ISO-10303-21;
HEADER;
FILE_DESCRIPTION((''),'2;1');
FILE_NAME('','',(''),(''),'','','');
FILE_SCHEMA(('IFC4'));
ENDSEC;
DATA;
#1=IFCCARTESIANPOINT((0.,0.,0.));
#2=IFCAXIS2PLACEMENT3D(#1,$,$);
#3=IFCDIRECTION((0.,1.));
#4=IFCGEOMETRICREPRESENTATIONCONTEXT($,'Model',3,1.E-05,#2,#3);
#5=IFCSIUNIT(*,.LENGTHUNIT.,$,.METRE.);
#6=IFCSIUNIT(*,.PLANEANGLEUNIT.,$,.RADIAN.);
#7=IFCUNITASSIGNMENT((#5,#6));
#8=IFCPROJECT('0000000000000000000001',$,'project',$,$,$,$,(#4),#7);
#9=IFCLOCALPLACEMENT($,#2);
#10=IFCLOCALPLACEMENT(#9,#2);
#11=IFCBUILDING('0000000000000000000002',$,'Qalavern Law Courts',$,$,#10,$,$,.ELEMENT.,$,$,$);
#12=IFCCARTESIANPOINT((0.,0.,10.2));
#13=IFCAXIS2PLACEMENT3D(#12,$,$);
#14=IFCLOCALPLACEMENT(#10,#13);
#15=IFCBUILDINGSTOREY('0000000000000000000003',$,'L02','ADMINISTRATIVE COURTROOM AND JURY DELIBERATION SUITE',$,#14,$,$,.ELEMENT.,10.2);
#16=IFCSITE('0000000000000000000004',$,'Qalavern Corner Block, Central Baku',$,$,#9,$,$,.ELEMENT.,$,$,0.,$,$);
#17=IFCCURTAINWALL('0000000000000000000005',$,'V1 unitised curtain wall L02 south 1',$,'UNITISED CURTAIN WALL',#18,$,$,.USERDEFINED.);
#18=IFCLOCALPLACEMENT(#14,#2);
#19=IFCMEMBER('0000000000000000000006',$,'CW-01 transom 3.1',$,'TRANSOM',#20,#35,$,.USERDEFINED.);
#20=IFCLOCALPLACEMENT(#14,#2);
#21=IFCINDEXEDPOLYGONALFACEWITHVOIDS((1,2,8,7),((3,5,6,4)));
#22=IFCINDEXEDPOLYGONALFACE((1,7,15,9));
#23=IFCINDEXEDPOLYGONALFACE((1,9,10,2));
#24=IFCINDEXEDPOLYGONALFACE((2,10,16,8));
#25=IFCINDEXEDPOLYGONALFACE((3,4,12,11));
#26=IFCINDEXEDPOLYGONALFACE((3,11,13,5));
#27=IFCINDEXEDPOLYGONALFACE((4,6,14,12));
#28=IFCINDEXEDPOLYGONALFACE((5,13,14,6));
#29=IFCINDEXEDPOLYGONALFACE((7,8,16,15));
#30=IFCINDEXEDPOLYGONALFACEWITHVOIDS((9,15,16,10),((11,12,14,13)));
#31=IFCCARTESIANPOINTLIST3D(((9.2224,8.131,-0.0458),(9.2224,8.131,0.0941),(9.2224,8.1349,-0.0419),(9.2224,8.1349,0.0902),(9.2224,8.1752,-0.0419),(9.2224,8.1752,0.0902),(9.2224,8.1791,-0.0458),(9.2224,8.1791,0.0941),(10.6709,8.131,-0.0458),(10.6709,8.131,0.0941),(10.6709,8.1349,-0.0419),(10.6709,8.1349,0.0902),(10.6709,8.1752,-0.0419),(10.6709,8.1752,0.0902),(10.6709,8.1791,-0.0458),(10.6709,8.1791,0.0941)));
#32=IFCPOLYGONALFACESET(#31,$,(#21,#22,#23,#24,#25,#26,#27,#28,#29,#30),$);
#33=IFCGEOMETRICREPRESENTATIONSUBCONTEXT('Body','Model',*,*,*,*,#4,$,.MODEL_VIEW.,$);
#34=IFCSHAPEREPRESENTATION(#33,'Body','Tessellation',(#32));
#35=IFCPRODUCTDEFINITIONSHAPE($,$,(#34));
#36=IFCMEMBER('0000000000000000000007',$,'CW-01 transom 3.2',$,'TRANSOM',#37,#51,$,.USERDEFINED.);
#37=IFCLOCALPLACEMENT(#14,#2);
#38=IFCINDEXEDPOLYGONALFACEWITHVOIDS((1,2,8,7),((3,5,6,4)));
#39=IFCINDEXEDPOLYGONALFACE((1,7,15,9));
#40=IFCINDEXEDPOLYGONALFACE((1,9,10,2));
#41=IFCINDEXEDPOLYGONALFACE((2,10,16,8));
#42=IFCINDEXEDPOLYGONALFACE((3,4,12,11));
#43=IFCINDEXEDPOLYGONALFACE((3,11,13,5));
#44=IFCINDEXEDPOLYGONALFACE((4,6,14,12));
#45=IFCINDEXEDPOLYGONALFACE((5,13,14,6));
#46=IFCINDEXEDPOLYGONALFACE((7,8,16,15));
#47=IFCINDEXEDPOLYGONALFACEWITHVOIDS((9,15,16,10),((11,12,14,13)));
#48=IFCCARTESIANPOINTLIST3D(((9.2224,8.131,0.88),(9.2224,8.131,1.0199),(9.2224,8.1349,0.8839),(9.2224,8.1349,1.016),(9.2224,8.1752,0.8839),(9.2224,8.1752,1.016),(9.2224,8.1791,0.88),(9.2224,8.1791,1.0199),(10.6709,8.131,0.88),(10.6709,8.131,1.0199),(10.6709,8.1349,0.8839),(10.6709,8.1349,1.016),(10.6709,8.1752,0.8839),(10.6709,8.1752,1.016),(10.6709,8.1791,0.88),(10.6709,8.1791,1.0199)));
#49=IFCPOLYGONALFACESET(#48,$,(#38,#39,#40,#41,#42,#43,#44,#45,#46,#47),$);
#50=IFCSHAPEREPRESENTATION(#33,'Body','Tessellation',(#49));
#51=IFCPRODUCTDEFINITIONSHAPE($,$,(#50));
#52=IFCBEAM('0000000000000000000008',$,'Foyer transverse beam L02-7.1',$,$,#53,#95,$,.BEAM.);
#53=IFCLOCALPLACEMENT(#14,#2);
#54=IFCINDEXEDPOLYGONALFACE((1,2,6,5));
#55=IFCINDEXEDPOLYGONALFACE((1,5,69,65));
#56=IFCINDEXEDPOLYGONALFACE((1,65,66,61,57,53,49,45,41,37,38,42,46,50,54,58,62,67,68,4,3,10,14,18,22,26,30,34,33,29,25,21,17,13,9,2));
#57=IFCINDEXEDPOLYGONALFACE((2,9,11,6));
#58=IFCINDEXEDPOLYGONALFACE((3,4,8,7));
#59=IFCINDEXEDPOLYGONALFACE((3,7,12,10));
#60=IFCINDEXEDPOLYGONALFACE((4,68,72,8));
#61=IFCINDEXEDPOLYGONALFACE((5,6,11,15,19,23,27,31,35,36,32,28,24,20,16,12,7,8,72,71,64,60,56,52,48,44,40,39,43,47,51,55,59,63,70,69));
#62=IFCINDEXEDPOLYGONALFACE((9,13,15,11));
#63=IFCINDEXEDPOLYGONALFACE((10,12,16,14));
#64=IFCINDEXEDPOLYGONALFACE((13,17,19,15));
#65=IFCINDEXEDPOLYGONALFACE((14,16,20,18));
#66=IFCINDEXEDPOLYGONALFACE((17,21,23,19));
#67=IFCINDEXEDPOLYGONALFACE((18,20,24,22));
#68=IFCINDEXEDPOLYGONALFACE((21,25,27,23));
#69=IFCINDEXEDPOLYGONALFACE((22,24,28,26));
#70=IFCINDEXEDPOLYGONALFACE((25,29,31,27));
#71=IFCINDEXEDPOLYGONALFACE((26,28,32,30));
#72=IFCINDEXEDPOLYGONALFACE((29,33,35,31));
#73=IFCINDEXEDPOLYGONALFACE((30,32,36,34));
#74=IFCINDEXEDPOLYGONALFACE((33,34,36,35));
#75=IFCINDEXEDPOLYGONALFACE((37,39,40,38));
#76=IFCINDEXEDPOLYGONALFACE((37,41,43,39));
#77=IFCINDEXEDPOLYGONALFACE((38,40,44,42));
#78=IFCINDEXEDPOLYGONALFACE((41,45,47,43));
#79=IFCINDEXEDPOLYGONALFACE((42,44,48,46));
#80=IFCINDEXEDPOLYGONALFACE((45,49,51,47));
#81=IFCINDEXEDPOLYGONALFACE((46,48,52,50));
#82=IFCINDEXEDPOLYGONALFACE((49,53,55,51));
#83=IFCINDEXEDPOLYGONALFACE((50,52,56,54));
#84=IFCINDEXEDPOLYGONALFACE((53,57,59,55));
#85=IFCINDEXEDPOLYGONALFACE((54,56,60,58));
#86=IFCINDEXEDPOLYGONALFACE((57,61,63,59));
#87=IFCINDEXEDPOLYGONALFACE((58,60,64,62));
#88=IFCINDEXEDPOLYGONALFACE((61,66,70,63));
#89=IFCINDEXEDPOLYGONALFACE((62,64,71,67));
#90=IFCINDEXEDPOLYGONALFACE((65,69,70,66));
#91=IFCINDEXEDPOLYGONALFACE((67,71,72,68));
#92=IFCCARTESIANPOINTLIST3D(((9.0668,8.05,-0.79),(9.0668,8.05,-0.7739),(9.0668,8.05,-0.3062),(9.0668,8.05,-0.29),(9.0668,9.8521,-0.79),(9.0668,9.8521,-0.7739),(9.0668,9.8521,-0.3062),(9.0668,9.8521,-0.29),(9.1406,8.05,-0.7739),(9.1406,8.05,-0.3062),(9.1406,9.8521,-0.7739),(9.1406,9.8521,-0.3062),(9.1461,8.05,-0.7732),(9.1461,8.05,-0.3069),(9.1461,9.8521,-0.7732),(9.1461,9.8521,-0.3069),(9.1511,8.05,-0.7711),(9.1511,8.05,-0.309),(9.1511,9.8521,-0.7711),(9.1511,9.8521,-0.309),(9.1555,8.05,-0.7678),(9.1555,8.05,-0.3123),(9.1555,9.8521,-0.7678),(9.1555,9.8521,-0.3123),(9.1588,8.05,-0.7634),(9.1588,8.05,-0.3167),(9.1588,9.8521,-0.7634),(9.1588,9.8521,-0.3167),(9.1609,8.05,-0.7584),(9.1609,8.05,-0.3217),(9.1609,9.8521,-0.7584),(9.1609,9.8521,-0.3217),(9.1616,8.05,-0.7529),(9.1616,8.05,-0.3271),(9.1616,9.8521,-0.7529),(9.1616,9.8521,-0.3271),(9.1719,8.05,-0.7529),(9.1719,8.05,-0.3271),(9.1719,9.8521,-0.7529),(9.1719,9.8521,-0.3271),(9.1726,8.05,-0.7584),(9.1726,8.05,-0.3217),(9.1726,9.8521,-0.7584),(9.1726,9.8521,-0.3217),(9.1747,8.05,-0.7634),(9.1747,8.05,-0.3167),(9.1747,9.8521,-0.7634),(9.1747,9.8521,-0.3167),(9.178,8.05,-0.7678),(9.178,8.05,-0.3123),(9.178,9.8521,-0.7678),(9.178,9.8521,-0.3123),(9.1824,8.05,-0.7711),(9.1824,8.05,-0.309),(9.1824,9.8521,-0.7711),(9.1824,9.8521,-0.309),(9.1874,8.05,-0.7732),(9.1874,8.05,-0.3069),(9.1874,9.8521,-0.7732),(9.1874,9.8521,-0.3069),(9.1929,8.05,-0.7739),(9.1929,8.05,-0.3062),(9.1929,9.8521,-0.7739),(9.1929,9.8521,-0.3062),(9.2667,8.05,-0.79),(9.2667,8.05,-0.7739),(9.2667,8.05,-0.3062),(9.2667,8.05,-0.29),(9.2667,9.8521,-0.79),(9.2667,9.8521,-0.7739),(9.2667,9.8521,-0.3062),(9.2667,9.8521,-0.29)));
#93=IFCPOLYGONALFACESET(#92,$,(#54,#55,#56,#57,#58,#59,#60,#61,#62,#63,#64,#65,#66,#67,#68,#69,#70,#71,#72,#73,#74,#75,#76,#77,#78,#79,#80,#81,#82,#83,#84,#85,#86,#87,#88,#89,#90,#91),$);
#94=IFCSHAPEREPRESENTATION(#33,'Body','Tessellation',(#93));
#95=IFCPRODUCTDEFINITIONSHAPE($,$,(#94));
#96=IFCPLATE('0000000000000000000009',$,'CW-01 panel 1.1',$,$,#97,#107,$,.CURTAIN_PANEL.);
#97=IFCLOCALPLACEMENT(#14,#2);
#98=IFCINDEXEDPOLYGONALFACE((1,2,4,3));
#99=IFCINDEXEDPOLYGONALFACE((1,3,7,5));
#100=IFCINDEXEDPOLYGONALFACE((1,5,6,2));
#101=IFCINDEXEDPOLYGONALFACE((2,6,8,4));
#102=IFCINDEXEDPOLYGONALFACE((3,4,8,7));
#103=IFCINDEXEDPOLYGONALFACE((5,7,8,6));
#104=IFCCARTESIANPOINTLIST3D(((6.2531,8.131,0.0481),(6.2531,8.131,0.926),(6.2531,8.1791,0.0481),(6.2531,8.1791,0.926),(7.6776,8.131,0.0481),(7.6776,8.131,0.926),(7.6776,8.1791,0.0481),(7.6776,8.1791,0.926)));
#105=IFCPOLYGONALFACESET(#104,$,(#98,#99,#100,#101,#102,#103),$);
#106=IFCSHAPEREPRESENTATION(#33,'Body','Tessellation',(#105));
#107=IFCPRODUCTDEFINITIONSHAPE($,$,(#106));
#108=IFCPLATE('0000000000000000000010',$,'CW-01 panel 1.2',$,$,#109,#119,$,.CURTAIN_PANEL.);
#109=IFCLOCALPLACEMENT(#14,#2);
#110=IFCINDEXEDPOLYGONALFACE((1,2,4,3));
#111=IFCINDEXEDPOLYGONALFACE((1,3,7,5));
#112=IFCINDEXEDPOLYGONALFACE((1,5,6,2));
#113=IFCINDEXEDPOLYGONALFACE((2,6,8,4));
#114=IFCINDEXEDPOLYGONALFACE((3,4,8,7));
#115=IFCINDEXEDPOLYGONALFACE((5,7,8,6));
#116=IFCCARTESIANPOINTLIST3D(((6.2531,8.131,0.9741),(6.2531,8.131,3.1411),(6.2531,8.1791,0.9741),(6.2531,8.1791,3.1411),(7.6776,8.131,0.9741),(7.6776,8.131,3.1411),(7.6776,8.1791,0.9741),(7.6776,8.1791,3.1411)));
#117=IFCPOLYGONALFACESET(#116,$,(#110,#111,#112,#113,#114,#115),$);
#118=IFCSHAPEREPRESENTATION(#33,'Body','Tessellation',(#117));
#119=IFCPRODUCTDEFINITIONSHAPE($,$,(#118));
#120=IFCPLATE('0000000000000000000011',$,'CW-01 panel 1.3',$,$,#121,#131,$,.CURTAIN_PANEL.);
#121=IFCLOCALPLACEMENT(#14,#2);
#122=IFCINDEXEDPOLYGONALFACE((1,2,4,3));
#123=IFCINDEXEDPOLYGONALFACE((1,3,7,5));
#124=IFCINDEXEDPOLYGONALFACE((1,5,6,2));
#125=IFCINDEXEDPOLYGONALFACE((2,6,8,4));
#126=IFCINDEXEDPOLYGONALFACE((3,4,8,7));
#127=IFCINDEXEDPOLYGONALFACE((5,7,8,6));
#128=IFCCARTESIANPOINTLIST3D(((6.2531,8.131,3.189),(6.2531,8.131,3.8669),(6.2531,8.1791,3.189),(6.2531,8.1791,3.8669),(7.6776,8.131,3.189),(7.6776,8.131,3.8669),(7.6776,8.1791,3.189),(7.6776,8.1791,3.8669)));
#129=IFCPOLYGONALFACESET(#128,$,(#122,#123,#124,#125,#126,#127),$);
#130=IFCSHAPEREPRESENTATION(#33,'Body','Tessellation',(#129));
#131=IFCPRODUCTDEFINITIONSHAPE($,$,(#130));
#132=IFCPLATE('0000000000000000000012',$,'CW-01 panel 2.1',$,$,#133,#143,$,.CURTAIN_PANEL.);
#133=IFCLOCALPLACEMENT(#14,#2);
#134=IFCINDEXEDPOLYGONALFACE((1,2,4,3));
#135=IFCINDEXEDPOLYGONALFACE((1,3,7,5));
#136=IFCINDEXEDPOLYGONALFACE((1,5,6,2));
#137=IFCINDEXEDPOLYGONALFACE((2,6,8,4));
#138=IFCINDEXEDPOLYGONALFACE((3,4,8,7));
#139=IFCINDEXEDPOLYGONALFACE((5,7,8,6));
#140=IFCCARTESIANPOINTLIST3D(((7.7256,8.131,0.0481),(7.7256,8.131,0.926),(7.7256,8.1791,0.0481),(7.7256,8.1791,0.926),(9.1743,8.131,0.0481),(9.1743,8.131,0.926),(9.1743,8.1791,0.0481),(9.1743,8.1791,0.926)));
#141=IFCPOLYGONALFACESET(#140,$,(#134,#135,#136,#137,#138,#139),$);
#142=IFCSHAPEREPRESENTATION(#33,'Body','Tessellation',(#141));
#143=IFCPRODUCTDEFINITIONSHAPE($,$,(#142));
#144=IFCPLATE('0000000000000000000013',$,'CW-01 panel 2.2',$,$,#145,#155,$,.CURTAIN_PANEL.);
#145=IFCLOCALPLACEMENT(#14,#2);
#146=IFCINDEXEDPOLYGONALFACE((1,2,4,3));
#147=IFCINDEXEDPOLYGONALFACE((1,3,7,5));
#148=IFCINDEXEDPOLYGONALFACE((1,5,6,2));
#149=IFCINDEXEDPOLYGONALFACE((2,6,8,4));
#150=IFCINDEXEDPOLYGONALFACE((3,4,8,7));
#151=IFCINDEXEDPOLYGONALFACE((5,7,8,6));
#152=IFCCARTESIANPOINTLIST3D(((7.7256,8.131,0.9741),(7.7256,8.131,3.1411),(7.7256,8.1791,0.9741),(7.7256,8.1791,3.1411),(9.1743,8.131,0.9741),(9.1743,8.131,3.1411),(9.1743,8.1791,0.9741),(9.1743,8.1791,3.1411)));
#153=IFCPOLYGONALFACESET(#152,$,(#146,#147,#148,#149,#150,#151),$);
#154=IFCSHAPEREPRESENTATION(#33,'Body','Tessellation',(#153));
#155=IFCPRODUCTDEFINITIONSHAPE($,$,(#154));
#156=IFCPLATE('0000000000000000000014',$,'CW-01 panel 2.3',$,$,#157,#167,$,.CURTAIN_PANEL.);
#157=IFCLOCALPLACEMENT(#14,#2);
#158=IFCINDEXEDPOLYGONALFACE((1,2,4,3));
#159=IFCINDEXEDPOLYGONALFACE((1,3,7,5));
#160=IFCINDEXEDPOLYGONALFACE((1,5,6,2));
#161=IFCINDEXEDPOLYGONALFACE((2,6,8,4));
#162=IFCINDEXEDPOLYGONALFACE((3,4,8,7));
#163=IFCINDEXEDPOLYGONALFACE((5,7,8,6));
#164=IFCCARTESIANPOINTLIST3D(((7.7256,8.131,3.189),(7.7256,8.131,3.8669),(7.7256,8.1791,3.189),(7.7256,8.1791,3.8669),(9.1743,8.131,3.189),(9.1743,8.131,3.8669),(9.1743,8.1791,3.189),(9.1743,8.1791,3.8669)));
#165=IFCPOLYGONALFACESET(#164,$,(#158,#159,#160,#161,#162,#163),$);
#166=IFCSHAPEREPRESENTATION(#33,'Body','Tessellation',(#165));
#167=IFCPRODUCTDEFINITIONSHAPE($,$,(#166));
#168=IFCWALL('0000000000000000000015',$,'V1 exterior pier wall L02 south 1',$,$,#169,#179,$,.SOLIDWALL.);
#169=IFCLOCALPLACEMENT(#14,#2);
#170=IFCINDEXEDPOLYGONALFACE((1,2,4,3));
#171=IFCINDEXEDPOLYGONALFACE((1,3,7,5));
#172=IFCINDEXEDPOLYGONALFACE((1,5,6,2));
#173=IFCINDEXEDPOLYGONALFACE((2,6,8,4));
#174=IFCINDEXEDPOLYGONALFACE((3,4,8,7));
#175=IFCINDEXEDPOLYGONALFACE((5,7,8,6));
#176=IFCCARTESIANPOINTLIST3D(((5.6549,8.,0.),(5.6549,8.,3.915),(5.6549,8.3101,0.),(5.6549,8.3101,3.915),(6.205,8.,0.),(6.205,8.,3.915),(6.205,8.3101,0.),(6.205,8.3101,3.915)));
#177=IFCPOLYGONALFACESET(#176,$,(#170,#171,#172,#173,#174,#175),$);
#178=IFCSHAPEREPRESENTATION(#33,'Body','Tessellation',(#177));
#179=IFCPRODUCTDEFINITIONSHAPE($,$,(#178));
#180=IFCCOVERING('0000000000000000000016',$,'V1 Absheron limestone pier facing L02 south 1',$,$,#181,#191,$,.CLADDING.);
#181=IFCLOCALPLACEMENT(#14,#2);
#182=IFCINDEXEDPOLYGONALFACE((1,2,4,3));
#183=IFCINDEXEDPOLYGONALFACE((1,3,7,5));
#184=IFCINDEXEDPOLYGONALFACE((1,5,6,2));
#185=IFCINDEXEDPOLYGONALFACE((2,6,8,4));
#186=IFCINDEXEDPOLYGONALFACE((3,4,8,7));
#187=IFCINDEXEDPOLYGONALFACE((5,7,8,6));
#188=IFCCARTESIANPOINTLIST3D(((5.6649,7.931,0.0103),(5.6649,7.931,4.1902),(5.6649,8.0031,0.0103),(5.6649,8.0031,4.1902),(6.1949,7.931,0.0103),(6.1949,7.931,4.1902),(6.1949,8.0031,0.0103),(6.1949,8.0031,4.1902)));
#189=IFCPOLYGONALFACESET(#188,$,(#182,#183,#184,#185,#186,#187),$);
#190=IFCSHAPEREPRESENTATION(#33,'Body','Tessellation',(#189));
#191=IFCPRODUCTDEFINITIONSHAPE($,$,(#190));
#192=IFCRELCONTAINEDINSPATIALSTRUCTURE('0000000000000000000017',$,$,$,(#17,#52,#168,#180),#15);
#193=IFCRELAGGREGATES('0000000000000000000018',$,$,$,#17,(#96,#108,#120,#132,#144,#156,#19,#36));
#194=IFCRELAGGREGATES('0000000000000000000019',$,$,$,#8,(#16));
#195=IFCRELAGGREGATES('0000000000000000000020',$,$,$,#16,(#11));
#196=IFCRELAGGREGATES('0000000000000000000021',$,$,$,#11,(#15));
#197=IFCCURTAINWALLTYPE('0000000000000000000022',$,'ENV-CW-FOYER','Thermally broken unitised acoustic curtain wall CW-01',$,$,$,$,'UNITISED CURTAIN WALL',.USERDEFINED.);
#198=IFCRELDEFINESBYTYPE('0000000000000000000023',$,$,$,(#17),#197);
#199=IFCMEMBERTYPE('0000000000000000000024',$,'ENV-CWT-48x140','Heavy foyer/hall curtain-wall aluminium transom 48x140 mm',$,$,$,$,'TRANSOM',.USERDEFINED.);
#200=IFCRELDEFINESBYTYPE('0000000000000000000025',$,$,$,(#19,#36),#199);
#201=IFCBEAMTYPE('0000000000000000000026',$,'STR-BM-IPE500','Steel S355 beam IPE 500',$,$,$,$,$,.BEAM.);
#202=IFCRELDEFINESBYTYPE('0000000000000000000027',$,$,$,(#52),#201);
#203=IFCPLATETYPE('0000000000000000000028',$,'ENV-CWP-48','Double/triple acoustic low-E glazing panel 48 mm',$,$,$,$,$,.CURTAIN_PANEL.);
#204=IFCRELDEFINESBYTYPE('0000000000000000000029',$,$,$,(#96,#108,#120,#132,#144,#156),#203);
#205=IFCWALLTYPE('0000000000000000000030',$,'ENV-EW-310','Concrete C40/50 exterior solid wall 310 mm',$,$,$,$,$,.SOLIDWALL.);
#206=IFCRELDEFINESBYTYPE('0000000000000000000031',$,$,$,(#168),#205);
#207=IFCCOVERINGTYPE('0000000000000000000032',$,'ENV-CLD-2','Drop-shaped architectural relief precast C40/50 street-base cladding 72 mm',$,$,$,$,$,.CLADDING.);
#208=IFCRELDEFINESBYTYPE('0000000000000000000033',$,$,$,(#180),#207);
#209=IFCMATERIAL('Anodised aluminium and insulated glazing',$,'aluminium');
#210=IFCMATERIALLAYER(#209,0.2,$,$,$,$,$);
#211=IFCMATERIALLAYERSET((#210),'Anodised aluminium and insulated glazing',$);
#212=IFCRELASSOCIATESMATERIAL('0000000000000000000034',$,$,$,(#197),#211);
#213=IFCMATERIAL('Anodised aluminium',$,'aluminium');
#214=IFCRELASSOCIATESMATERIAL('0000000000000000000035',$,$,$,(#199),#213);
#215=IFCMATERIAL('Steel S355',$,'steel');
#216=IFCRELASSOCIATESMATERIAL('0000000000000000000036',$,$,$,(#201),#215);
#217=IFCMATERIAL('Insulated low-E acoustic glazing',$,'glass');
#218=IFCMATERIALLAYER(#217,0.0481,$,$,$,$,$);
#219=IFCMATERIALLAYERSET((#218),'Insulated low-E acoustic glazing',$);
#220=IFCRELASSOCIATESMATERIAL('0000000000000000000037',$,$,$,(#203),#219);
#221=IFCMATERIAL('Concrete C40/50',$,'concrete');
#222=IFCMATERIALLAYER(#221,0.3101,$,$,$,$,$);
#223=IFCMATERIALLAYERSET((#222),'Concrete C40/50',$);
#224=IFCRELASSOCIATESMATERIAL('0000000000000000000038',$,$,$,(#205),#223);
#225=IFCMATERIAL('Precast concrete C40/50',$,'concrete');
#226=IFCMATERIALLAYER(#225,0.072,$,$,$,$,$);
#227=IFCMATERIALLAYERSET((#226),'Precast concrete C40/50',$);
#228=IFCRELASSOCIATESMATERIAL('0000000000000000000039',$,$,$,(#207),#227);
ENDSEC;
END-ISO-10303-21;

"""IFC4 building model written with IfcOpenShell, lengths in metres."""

from ifc_helpers import new_model, si_unit, direction, frame, frame_2d, origin, origin_2d, place, context, subcontext, project, spatial, rectangle, hollow_rectangle, i_section, extrude, material, layer, layer_set, material_profile, profile_set, type_object, element, aggregate, save


model = new_model("IFC4")

# Units and contexts
model_context = context("Model", 3, precision=1e-05, world=origin(), true_north=direction((0.0, 1.0)))
body_context = subcontext(model_context, "Body", "Model", "MODEL_VIEW")
ifc_project = project(units=[si_unit("LENGTHUNIT", "METRE"), si_unit("PLANEANGLEUNIT", "RADIAN")], contexts=[model_context])

# Site, building, storey
site_placement = place(None, origin())
site = spatial("IfcSite", under=ifc_project, at=site_placement, Name="Qalavern Corner Block, Central Baku", CompositionType="ELEMENT", RefElevation=0.0)
building_placement = place(site_placement, origin())
building = spatial("IfcBuilding", under=site, at=building_placement, Name="Qalavern Law Courts", CompositionType="ELEMENT")
storey_placement = place(building_placement, frame((0.0, 0.0, 10.2)))
storey = spatial("IfcBuildingStorey", under=building, at=storey_placement, Name="L02", Description="ADMINISTRATIVE COURTROOM AND JURY DELIBERATION SUITE", CompositionType="ELEMENT", Elevation=10.2)

# Curtain wall, members
ifc_material_1 = material(Name="Anodised aluminium and insulated glazing", Category="aluminium")
ifc_layer_1 = layer(ifc_material_1, 0.2)
ifc_layer_set_1 = layer_set([ifc_layer_1], Name="Anodised aluminium and insulated glazing")
curtain_wall_type = type_object("IfcCurtainWallType", Name="ENV-CW-FOYER", Description="Thermally broken unitised acoustic curtain wall CW-01", ElementType="UNITISED CURTAIN WALL", PredefinedType="USERDEFINED", material=ifc_layer_set_1)
curtain_wall_placement = place(storey_placement, origin())
curtain_wall = element("IfcCurtainWall", 1, at=curtain_wall_placement, inside=storey, type_object=curtain_wall_type, Name="V1 unitised curtain wall L02 south 1", ObjectType="UNITISED CURTAIN WALL", PredefinedType="USERDEFINED")
ifc_material_2 = material(Name="Anodised aluminium", Category="aluminium")
ifc_material_profile_1 = material_profile(ifc_material_2, hollow_rectangle(XDim=0.0481, YDim=0.1399, WallThickness=0.0039, at=origin_2d()), Name="ALU TRANSOM 48x140")
ifc_profile_set_1 = profile_set([ifc_material_profile_1], Name="Anodised aluminium")
member_type_1 = type_object("IfcMemberType", Name="ENV-CWT-48x140", Description="Heavy foyer/hall curtain-wall aluminium transom 48x140 mm", ElementType="TRANSOM", PredefinedType="USERDEFINED", material=ifc_profile_set_1)
member_1_placement = place(storey_placement, frame((9.2224, 8.155, 0.0242), z_axis=(1.0, 0.0, 0.0), x_axis=(0.0, 1.0, 0.0)))
member_1 = element("IfcMember", 2, at=member_1_placement, type_object=member_type_1, Name="CW-01 transom 3.1", ObjectType="TRANSOM", PredefinedType="USERDEFINED", context=body_context, shape_type="SweptSolid", body=[
    extrude(hollow_rectangle(XDim=0.0481, YDim=0.1399, WallThickness=0.0039, at=origin_2d()), origin(), (0.0, 0.0, 1.0), 1.4485),
])
member_2_placement = place(storey_placement, frame((9.2224, 8.155, 0.95), z_axis=(1.0, 0.0, 0.0), x_axis=(0.0, 1.0, 0.0)))
member_2 = element("IfcMember", 3, at=member_2_placement, type_object=member_type_1, Name="CW-01 transom 3.2", ObjectType="TRANSOM", PredefinedType="USERDEFINED", context=body_context, shape_type="SweptSolid", body=[
    extrude(hollow_rectangle(XDim=0.0481, YDim=0.1399, WallThickness=0.0039, at=origin_2d()), origin(), (0.0, 0.0, 1.0), 1.4485),
])

# Beam
ifc_material_3 = material(Name="Steel S355", Category="steel")
ifc_material_profile_2 = material_profile(ifc_material_3, i_section(OverallWidth=0.2, OverallDepth=0.5, WebThickness=0.0103, FlangeThickness=0.0161, FilletRadius=0.021, at=origin_2d()), Name="IPE 500")
ifc_profile_set_2 = profile_set([ifc_material_profile_2], Name="Steel S355")
beam_type = type_object("IfcBeamType", Name="STR-BM-IPE500", Description="Steel S355 beam IPE 500", PredefinedType="BEAM", material=ifc_profile_set_2)
beam_placement = place(storey_placement, frame((9.1667, 8.05, -0.54), z_axis=(0.0, 1.0, 0.0), x_axis=(-1.0, 0.0, 0.0)))
element("IfcBeam", 4, at=beam_placement, inside=storey, type_object=beam_type, Name="Foyer transverse beam L02-7.1", PredefinedType="BEAM", context=body_context, shape_type="SweptSolid", body=[
    extrude(i_section(OverallWidth=0.2, OverallDepth=0.5, WebThickness=0.0103, FlangeThickness=0.0161, FilletRadius=0.021, at=origin_2d()), origin(), (0.0, 0.0, 1.0), 1.802),
])

# Plates
ifc_material_4 = material(Name="Insulated low-E acoustic glazing", Category="glass")
ifc_layer_2 = layer(ifc_material_4, 0.0481)
ifc_layer_set_2 = layer_set([ifc_layer_2], Name="Insulated low-E acoustic glazing")
plate_type = type_object("IfcPlateType", Name="ENV-CWP-48", Description="Double/triple acoustic low-E glazing panel 48 mm", PredefinedType="CURTAIN_PANEL", material=ifc_layer_set_2)
plate_1_placement = place(storey_placement, frame((6.9653, 8.155, 0.0481), z_axis=(0.0, 0.0, 1.0), x_axis=(1.0, 0.0, 0.0)))
plate_1 = element("IfcPlate", 5, at=plate_1_placement, type_object=plate_type, Name="CW-01 panel 1.1", PredefinedType="CURTAIN_PANEL", context=body_context, shape_type="SweptSolid", body=[
    extrude(rectangle(XDim=1.4246, YDim=0.0481, at=origin_2d()), origin(), (0.0, 0.0, 1.0), 0.8779),
])
plate_2_placement = place(storey_placement, frame((6.9653, 8.155, 0.9741), z_axis=(0.0, 0.0, 1.0), x_axis=(1.0, 0.0, 0.0)))
plate_2 = element("IfcPlate", 6, at=plate_2_placement, type_object=plate_type, Name="CW-01 panel 1.2", PredefinedType="CURTAIN_PANEL", context=body_context, shape_type="SweptSolid", body=[
    extrude(rectangle(XDim=1.4246, YDim=0.0481, at=origin_2d()), origin(), (0.0, 0.0, 1.0), 2.167),
])
plate_3_placement = place(storey_placement, frame((6.9653, 8.155, 3.189), z_axis=(0.0, 0.0, 1.0), x_axis=(1.0, 0.0, 0.0)))
plate_3 = element("IfcPlate", 7, at=plate_3_placement, type_object=plate_type, Name="CW-01 panel 1.3", PredefinedType="CURTAIN_PANEL", context=body_context, shape_type="SweptSolid", body=[
    extrude(rectangle(XDim=1.4246, YDim=0.0481, at=origin_2d()), origin(), (0.0, 0.0, 1.0), 0.678),
])
plate_4_placement = place(storey_placement, frame((8.45, 8.155, 0.0481), z_axis=(0.0, 0.0, 1.0), x_axis=(1.0, 0.0, 0.0)))
plate_4 = element("IfcPlate", 8, at=plate_4_placement, type_object=plate_type, Name="CW-01 panel 2.1", PredefinedType="CURTAIN_PANEL", context=body_context, shape_type="SweptSolid", body=[
    extrude(rectangle(XDim=1.4487, YDim=0.0481, at=origin_2d()), origin(), (0.0, 0.0, 1.0), 0.8779),
])
plate_5_placement = place(storey_placement, frame((8.45, 8.155, 0.9741), z_axis=(0.0, 0.0, 1.0), x_axis=(1.0, 0.0, 0.0)))
plate_5 = element("IfcPlate", 9, at=plate_5_placement, type_object=plate_type, Name="CW-01 panel 2.2", PredefinedType="CURTAIN_PANEL", context=body_context, shape_type="SweptSolid", body=[
    extrude(rectangle(XDim=1.4487, YDim=0.0481, at=origin_2d()), origin(), (0.0, 0.0, 1.0), 2.167),
])
plate_6_placement = place(storey_placement, frame((8.45, 8.155, 3.189), z_axis=(0.0, 0.0, 1.0), x_axis=(1.0, 0.0, 0.0)))
plate_6 = element("IfcPlate", 10, at=plate_6_placement, type_object=plate_type, Name="CW-01 panel 2.3", PredefinedType="CURTAIN_PANEL", context=body_context, shape_type="SweptSolid", body=[
    extrude(rectangle(XDim=1.4487, YDim=0.0481, at=origin_2d()), origin(), (0.0, 0.0, 1.0), 0.678),
])
aggregate(curtain_wall, [plate_1, plate_2, plate_3, plate_4, plate_5, plate_6, member_1, member_2])

# Wall
ifc_material_5 = material(Name="Concrete C40/50", Category="concrete")
ifc_layer_3 = layer(ifc_material_5, 0.3101)
ifc_layer_set_3 = layer_set([ifc_layer_3], Name="Concrete C40/50")
wall_type = type_object("IfcWallType", Name="ENV-EW-310", Description="Concrete C40/50 exterior solid wall 310 mm", PredefinedType="SOLIDWALL", material=ifc_layer_set_3)
wall_placement = place(storey_placement, frame((5.655, 8.155, 0.0), z_axis=(0.0, 0.0, 1.0), x_axis=(1.0, 0.0, 0.0)))
element("IfcWall", 11, at=wall_placement, inside=storey, type_object=wall_type, Name="V1 exterior pier wall L02 south 1", PredefinedType="SOLIDWALL", context=body_context, shape_type="SweptSolid", body=[
    extrude(rectangle(XDim=0.55, YDim=0.3101, at=frame_2d((0.2749, 0.0))), origin(), (0.0, 0.0, 1.0), 3.915),
])

# Covering
ifc_material_6 = material(Name="Precast concrete C40/50", Category="concrete")
ifc_layer_4 = layer(ifc_material_6, 0.072)
ifc_layer_set_4 = layer_set([ifc_layer_4], Name="Precast concrete C40/50")
covering_type = type_object("IfcCoveringType", Name="ENV-CLD-2", Description="Drop-shaped architectural relief precast C40/50 street-base cladding 72 mm", PredefinedType="CLADDING", material=ifc_layer_set_4)
covering_placement = place(storey_placement, frame((5.9299, 7.967, 0.0103), z_axis=(0.0, 0.0, 1.0), x_axis=(1.0, 0.0, 0.0)))
element("IfcCovering", 12, at=covering_placement, inside=storey, type_object=covering_type, Name="V1 Absheron limestone pier facing L02 south 1", PredefinedType="CLADDING", context=body_context, shape_type="SweptSolid", body=[
    extrude(rectangle(XDim=0.53, YDim=0.072, at=origin_2d()), origin(), (0.0, 0.0, 1.0), 4.1799),
])

save(model, "model.ifc")
